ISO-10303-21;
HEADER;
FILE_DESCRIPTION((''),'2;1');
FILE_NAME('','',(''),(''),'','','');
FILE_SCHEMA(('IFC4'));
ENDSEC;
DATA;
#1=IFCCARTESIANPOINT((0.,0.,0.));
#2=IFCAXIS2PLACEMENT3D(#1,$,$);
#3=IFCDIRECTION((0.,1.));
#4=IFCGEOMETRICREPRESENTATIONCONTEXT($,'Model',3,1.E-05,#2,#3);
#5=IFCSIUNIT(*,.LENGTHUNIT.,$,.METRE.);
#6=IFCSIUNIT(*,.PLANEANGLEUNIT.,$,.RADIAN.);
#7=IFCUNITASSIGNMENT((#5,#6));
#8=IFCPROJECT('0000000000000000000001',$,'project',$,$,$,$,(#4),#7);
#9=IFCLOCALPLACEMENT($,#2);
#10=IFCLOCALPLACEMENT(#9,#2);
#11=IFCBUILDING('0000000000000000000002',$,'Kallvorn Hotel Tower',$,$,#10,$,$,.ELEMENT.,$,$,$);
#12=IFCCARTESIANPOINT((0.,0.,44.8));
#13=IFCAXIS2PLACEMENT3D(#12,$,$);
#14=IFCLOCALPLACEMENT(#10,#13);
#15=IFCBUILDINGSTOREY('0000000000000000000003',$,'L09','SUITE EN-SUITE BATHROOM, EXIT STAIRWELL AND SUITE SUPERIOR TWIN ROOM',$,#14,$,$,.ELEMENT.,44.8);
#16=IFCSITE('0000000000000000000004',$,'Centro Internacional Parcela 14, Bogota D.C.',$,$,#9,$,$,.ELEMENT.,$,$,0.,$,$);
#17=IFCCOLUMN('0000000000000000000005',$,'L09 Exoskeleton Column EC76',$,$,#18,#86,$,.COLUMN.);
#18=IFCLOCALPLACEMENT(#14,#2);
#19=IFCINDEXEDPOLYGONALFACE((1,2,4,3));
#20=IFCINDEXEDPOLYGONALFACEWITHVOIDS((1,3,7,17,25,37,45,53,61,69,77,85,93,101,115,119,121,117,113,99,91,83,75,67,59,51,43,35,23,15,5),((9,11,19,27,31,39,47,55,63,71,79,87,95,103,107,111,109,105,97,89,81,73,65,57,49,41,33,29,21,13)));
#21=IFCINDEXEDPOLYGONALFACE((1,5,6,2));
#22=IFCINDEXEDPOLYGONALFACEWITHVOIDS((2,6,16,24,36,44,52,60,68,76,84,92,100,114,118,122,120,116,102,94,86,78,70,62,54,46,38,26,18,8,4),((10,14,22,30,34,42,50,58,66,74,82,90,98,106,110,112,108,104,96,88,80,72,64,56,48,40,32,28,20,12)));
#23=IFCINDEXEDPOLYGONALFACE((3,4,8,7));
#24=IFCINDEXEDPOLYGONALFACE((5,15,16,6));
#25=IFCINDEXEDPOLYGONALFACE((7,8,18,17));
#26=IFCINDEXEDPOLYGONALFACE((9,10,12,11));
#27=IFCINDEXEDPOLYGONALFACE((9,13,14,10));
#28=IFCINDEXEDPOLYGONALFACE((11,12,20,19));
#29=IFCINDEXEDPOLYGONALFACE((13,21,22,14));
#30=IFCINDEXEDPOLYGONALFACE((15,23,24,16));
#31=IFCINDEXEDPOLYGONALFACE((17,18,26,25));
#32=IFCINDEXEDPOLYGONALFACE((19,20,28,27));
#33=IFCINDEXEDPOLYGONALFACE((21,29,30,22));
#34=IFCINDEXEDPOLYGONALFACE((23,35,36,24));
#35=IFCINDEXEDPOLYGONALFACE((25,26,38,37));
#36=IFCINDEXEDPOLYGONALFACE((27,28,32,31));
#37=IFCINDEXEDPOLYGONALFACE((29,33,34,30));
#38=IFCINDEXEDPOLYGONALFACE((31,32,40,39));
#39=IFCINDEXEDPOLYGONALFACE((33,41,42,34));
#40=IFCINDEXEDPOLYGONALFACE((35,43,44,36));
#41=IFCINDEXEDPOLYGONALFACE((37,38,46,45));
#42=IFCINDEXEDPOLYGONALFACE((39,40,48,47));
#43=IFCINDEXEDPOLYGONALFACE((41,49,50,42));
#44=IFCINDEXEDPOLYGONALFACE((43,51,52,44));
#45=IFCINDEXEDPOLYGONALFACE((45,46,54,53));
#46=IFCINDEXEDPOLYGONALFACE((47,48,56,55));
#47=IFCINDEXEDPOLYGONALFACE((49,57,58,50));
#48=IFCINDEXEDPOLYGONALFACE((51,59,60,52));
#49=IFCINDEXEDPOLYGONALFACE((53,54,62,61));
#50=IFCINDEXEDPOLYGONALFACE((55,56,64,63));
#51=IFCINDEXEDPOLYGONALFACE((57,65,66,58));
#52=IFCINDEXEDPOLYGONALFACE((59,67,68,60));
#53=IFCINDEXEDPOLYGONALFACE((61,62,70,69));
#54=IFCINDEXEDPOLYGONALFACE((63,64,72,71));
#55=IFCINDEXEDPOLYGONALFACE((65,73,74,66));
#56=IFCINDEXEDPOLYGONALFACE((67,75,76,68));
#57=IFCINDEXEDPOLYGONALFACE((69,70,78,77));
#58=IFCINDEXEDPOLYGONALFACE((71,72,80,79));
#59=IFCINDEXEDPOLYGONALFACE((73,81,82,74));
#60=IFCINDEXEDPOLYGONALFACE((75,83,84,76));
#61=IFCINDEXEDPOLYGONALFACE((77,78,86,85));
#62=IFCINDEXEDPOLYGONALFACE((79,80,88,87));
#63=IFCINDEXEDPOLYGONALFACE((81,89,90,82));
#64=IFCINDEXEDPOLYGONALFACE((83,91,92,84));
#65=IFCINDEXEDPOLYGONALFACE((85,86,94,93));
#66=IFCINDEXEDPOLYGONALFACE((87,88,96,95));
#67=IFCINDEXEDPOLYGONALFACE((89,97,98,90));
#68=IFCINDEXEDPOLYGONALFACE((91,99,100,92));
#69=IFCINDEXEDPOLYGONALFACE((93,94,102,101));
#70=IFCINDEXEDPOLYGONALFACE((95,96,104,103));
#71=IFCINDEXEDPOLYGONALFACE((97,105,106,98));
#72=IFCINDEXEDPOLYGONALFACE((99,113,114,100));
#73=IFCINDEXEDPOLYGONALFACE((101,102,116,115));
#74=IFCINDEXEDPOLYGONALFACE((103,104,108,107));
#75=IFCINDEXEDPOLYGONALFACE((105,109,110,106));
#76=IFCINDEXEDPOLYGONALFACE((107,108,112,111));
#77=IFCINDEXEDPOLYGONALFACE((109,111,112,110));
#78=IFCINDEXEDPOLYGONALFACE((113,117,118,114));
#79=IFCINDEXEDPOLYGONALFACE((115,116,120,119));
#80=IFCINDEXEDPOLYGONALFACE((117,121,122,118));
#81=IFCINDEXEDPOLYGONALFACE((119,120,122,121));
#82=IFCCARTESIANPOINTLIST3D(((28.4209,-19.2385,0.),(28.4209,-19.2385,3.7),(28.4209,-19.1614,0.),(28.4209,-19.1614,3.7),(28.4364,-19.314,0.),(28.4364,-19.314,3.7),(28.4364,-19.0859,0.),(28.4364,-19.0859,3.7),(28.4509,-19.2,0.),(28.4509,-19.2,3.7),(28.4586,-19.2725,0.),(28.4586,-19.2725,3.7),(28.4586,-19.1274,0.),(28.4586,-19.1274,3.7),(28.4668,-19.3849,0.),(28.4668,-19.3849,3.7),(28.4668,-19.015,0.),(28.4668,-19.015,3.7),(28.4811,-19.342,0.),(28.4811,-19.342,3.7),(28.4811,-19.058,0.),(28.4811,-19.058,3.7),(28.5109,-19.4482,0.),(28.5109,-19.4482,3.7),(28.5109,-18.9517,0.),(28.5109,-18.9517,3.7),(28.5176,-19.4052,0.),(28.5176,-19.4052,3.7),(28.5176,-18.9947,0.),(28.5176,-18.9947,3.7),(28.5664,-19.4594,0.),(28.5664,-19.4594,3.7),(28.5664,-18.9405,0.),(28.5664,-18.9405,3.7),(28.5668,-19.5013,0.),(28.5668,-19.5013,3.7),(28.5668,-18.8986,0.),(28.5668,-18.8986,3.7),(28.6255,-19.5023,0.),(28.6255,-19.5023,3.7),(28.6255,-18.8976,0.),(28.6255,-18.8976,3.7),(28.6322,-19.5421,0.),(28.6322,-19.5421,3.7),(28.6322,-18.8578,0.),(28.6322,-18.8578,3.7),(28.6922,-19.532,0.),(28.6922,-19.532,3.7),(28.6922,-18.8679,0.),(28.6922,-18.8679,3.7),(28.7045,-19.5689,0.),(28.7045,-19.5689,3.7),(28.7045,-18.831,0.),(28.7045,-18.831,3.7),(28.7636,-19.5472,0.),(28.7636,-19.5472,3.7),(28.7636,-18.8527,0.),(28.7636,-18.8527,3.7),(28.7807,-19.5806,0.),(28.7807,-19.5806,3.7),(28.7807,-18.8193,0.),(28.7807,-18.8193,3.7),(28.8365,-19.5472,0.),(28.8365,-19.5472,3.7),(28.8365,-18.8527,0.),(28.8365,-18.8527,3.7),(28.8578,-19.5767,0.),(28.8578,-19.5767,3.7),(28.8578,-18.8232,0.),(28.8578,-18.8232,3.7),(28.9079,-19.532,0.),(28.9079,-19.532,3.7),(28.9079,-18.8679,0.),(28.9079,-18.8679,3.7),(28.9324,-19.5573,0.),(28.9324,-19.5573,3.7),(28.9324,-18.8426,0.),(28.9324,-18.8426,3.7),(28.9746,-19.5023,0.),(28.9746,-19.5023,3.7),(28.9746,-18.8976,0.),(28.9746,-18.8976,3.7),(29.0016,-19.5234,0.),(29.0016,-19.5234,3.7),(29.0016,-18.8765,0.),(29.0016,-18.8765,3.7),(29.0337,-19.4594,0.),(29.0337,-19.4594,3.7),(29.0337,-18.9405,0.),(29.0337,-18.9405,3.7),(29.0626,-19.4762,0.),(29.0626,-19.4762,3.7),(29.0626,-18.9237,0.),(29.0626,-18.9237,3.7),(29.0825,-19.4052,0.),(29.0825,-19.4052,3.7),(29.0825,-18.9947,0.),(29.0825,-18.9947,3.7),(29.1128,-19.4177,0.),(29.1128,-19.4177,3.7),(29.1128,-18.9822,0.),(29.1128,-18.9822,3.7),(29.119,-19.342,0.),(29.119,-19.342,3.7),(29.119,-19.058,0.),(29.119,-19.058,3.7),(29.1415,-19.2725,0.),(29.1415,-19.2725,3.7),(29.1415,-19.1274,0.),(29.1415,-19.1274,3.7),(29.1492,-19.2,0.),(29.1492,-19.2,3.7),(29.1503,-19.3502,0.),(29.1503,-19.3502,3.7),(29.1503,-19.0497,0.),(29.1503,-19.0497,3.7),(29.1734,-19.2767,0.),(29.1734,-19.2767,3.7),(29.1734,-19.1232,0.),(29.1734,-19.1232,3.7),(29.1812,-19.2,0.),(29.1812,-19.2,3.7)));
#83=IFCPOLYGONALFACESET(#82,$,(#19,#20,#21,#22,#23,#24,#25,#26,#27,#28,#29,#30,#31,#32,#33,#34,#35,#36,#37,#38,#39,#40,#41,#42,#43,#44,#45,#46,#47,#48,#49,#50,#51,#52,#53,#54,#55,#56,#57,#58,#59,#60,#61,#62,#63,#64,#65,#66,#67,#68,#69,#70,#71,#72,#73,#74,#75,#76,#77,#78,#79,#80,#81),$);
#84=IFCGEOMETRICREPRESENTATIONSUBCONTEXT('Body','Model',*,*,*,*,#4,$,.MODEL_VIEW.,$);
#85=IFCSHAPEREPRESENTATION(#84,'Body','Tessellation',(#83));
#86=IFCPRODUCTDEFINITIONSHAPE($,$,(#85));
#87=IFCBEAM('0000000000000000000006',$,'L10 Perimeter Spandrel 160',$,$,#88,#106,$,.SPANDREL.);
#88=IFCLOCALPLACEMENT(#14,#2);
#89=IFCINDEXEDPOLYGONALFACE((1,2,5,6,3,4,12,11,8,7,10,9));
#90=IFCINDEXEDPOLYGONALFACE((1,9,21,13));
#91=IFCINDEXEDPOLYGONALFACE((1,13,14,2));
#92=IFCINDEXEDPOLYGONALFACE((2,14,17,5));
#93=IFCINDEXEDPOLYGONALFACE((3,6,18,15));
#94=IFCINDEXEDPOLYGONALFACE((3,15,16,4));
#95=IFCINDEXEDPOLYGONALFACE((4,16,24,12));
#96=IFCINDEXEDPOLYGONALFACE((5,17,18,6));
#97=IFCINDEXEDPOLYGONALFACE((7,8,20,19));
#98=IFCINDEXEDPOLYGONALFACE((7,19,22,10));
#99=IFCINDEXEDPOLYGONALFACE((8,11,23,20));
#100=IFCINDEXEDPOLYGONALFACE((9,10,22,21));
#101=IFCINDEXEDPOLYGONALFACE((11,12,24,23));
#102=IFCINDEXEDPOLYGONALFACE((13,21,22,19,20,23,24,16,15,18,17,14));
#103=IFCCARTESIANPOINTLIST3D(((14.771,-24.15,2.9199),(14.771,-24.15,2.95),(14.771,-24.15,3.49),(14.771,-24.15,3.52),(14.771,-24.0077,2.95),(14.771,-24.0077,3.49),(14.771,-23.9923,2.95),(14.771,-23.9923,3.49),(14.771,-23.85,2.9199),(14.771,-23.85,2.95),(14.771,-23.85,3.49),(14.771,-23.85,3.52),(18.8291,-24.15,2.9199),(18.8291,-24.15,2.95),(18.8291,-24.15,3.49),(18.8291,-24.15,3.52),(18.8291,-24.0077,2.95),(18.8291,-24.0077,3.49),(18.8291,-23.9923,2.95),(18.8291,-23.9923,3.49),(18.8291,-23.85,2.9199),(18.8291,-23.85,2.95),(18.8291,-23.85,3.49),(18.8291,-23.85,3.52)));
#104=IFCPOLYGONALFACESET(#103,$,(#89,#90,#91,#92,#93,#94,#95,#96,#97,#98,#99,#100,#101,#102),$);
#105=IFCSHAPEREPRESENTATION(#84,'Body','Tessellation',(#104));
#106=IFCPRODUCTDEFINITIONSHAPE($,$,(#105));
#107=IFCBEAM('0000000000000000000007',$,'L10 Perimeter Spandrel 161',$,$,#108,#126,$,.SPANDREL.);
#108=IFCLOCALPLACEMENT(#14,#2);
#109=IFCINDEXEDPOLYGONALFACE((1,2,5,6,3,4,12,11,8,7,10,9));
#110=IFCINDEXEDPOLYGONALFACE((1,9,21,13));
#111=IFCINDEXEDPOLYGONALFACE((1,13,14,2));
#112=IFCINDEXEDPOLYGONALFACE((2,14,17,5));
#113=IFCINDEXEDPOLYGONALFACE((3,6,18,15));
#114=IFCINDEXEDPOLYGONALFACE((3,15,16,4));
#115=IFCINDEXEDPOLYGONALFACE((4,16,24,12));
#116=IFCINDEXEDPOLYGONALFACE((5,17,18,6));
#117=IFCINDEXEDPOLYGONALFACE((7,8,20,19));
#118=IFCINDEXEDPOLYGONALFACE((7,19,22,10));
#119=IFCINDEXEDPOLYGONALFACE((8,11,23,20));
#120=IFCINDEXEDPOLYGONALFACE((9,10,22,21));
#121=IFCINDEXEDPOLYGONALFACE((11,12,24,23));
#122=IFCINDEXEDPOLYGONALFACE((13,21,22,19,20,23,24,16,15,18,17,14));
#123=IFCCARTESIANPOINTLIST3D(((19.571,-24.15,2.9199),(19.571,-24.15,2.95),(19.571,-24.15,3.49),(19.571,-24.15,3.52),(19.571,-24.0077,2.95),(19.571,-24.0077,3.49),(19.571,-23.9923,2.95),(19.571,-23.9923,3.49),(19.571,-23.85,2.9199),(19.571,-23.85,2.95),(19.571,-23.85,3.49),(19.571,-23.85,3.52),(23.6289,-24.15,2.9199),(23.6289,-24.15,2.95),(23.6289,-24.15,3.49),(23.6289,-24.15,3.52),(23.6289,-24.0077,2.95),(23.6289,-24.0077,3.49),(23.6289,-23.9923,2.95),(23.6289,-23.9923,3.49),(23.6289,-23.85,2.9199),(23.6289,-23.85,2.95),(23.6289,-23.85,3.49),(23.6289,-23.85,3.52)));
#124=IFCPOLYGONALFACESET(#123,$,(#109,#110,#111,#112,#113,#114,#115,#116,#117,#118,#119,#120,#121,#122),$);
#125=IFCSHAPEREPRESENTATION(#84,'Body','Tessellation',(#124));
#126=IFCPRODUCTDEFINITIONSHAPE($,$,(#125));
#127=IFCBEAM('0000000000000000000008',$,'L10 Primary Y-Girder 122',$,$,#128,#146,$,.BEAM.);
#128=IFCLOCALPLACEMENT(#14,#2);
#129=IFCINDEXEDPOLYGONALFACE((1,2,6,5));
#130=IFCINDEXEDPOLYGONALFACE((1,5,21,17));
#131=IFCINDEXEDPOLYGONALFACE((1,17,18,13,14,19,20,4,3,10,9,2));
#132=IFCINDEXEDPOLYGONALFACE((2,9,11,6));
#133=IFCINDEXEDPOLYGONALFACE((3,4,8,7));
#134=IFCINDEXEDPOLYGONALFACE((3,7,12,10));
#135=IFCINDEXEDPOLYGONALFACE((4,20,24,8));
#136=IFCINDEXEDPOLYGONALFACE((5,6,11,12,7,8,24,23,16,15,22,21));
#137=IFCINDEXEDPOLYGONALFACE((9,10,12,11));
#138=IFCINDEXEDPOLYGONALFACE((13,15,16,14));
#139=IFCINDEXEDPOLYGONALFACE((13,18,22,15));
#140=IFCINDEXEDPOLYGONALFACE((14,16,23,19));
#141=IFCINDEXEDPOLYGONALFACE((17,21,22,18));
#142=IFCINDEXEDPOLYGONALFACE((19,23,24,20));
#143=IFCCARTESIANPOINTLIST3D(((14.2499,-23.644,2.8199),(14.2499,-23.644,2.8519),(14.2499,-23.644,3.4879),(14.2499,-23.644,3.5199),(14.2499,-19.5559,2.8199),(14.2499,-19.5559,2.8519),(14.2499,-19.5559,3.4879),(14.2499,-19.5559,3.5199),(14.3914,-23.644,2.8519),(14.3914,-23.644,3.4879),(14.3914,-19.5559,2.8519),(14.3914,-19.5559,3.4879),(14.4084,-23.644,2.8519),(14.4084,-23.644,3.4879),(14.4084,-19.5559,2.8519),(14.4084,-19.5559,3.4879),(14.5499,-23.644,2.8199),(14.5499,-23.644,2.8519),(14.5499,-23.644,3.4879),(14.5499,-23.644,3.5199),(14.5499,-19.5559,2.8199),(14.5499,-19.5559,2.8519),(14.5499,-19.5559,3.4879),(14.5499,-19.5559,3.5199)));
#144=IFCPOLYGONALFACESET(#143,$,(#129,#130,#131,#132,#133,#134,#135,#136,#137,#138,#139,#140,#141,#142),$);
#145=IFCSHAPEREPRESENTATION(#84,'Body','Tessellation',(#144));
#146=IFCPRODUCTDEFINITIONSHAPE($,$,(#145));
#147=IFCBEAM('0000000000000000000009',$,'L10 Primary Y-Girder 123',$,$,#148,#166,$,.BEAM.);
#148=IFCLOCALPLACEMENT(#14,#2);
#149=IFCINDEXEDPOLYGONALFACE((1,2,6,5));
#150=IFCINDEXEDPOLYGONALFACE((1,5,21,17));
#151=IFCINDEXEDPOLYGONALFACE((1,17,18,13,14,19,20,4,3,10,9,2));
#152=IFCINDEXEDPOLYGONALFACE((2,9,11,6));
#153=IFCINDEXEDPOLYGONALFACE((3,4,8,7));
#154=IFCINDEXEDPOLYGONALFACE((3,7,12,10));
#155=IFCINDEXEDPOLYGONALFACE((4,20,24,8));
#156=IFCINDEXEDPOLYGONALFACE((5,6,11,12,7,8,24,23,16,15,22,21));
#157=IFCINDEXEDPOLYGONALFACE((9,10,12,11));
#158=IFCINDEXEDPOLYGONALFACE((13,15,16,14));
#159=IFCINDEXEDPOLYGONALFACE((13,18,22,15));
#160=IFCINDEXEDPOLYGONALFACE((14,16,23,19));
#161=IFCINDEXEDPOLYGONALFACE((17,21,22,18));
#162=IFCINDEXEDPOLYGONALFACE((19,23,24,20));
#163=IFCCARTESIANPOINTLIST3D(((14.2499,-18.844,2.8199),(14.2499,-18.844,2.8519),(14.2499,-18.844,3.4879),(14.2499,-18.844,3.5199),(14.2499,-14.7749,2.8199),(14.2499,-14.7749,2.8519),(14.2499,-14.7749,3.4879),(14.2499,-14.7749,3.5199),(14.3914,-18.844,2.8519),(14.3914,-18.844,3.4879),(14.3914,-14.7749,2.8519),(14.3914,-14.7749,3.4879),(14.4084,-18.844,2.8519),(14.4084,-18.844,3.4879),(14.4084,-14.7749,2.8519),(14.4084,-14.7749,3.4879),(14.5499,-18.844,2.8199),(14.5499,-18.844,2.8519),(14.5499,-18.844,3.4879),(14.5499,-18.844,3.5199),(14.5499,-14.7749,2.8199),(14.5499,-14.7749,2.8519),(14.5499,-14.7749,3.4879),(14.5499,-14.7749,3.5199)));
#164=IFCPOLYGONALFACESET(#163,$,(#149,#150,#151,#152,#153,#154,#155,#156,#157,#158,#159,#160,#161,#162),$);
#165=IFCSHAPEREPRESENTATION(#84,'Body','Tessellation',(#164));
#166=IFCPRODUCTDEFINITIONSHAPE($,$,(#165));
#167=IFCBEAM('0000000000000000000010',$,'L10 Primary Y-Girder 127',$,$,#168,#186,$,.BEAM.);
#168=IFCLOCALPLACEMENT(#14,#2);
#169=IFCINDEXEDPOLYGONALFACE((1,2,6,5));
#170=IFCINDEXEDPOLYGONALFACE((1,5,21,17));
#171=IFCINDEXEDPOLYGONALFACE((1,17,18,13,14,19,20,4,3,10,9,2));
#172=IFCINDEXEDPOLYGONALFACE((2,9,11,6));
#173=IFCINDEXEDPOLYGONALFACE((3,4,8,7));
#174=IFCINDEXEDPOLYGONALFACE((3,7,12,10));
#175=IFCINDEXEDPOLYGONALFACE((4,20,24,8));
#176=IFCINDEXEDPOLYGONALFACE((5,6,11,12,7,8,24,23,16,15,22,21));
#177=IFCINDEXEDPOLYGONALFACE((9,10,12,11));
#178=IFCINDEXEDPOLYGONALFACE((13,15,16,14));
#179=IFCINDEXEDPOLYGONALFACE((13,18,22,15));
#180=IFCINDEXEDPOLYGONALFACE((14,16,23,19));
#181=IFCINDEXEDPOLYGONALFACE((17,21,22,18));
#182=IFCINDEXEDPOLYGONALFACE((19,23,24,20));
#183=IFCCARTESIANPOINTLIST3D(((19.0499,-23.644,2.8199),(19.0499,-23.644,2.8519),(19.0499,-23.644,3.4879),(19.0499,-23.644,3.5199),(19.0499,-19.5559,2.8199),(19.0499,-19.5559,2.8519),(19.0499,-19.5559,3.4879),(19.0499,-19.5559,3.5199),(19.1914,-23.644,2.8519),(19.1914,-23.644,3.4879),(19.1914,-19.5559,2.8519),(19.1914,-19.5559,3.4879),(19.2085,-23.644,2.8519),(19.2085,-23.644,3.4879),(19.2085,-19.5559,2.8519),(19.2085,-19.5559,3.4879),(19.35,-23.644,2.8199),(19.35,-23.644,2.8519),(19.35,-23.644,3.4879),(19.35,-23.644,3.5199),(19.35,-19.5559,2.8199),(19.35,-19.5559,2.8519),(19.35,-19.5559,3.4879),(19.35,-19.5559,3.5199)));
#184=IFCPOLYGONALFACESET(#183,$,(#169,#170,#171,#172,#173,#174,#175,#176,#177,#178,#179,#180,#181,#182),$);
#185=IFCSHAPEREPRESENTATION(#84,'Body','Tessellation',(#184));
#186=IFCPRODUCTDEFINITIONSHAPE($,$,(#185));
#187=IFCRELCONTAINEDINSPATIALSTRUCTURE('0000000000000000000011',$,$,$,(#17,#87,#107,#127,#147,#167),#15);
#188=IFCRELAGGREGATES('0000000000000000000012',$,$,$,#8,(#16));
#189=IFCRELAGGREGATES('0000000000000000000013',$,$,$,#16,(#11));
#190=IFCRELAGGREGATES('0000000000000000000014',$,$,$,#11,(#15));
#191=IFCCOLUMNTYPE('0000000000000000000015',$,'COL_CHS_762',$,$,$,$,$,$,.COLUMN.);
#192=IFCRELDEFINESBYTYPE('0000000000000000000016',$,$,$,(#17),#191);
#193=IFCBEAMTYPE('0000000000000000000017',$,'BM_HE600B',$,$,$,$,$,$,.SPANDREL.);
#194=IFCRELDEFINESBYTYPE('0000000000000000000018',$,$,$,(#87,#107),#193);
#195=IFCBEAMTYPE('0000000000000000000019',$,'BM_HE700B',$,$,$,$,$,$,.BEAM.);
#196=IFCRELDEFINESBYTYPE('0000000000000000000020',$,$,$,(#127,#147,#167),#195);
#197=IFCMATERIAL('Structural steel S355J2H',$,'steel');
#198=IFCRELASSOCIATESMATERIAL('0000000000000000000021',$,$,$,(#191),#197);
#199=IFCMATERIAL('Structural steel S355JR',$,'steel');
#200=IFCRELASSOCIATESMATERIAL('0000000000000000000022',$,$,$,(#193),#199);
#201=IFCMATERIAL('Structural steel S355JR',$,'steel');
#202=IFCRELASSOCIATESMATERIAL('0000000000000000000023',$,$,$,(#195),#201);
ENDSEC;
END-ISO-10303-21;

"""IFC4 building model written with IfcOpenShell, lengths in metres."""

from ifc_helpers import new_model, si_unit, direction, frame, origin, origin_2d, place, context, subcontext, project, spatial, hollow_circle, i_section, extrude, material, material_profile, profile_set, type_object, element, save


model = new_model("IFC4")

# Units and contexts
model_context = context("Model", 3, precision=1e-05, world=origin(), true_north=direction((0.0, 1.0)))
body_context = subcontext(model_context, "Body", "Model", "MODEL_VIEW")
ifc_project = project(units=[si_unit("LENGTHUNIT", "METRE"), si_unit("PLANEANGLEUNIT", "RADIAN")], contexts=[model_context])

# Site, building, storey
site_placement = place(None, origin())
site = spatial("IfcSite", under=ifc_project, at=site_placement, Name="Centro Internacional Parcela 14, Bogota D.C.", CompositionType="ELEMENT", RefElevation=0.0)
building_placement = place(site_placement, origin())
building = spatial("IfcBuilding", under=site, at=building_placement, Name="Kallvorn Hotel Tower", CompositionType="ELEMENT")
storey_placement = place(building_placement, frame((0.0, 0.0, 44.8)))
storey = spatial("IfcBuildingStorey", under=building, at=storey_placement, Name="L09", Description="SUITE EN-SUITE BATHROOM, EXIT STAIRWELL AND SUITE SUPERIOR TWIN ROOM", CompositionType="ELEMENT", Elevation=44.8)

# Column
ifc_material_1 = material(Name="Structural steel S355J2H", Category="steel")
ifc_material_profile_1 = material_profile(ifc_material_1, hollow_circle(Radius=0.3811, WallThickness=0.032, at=origin_2d()), Name="CHS 762x32")
ifc_profile_set_1 = profile_set([ifc_material_profile_1], Name="Structural steel S355J2H")
column_type = type_object("IfcColumnType", Name="COL_CHS_762", PredefinedType="COLUMN", material=ifc_profile_set_1)
for number, where, z_axis, x_axis, name in (
    (1, (28.8, -19.2, 0.0), (0.0, 0.0, 1.0), (1.0, 0.0, 0.0), "L09 Exoskeleton Column EC76"),
):
    element("IfcColumn", number, at=place(storey_placement, frame(where, z_axis=z_axis, x_axis=x_axis)), inside=storey, type_object=column_type, Name=name, PredefinedType="COLUMN", context=body_context, shape_type="SweptSolid", body=[
        extrude(hollow_circle(Radius=0.3811, WallThickness=0.032, at=origin_2d()), origin(), (0.0, 0.0, 1.0), 3.7),
    ])

# Beams
ifc_material_2 = material(Name="Structural steel S355JR", Category="steel")
ifc_material_profile_2 = material_profile(ifc_material_2, i_section(OverallWidth=0.3, OverallDepth=0.6001, WebThickness=0.0154, FlangeThickness=0.03, at=origin_2d()), Name="HE 600 B")
ifc_profile_set_2 = profile_set([ifc_material_profile_2], Name="Structural steel S355JR")
beam_type_1 = type_object("IfcBeamType", Name="BM_HE600B", PredefinedType="SPANDREL", material=ifc_profile_set_2)
beam_1_placement = place(storey_placement, frame((14.771, -24.0, 3.22), z_axis=(1.0, 0.0, 0.0), x_axis=(0.0, 1.0, 0.0)))
element("IfcBeam", 2, at=beam_1_placement, inside=storey, type_object=beam_type_1, Name="L10 Perimeter Spandrel 160", PredefinedType="SPANDREL", context=body_context, shape_type="SweptSolid", body=[
    extrude(i_section(OverallWidth=0.3, OverallDepth=0.6001, WebThickness=0.0154, FlangeThickness=0.03, at=origin_2d()), origin(), (0.0, 0.0, 1.0), 4.0581),
])
beam_2_placement = place(storey_placement, frame((19.571, -24.0, 3.22), z_axis=(1.0, 0.0, 0.0), x_axis=(0.0, 1.0, 0.0)))
element("IfcBeam", 3, at=beam_2_placement, inside=storey, type_object=beam_type_1, Name="L10 Perimeter Spandrel 161", PredefinedType="SPANDREL", context=body_context, shape_type="SweptSolid", body=[
    extrude(i_section(OverallWidth=0.3, OverallDepth=0.6001, WebThickness=0.0154, FlangeThickness=0.03, at=origin_2d()), origin(), (0.0, 0.0, 1.0), 4.0579),
])
ifc_material_3 = material(Name="Structural steel S355JR", Category="steel")
ifc_material_profile_3 = material_profile(ifc_material_3, i_section(OverallWidth=0.3, OverallDepth=0.7, WebThickness=0.0171, FlangeThickness=0.032, at=origin_2d()), Name="HE 700 B")
ifc_profile_set_3 = profile_set([ifc_material_profile_3], Name="Structural steel S355JR")
beam_type_2 = type_object("IfcBeamType", Name="BM_HE700B", PredefinedType="BEAM", material=ifc_profile_set_3)
beam_3_placement = place(storey_placement, frame((14.3999, -23.644, 3.1699), z_axis=(0.0, 1.0, 0.0), x_axis=(-1.0, 0.0, 0.0)))
element("IfcBeam", 4, at=beam_3_placement, inside=storey, type_object=beam_type_2, Name="L10 Primary Y-Girder 122", PredefinedType="BEAM", context=body_context, shape_type="SweptSolid", body=[
    extrude(i_section(OverallWidth=0.3, OverallDepth=0.7, WebThickness=0.0171, FlangeThickness=0.032, at=origin_2d()), origin(), (0.0, 0.0, 1.0), 4.0881),
])
beam_4_placement = place(storey_placement, frame((14.3999, -18.844, 3.1699), z_axis=(0.0, 1.0, 0.0), x_axis=(-1.0, 0.0, 0.0)))
element("IfcBeam", 5, at=beam_4_placement, inside=storey, type_object=beam_type_2, Name="L10 Primary Y-Girder 123", PredefinedType="BEAM", context=body_context, shape_type="SweptSolid", body=[
    extrude(i_section(OverallWidth=0.3, OverallDepth=0.7, WebThickness=0.0171, FlangeThickness=0.032, at=origin_2d()), origin(), (0.0, 0.0, 1.0), 4.0691),
])
beam_5_placement = place(storey_placement, frame((19.2, -23.644, 3.1699), z_axis=(0.0, 1.0, 0.0), x_axis=(-1.0, 0.0, 0.0)))
element("IfcBeam", 6, at=beam_5_placement, inside=storey, type_object=beam_type_2, Name="L10 Primary Y-Girder 127", PredefinedType="BEAM", context=body_context, shape_type="SweptSolid", body=[
    extrude(i_section(OverallWidth=0.3, OverallDepth=0.7, WebThickness=0.0171, FlangeThickness=0.032, at=origin_2d()), origin(), (0.0, 0.0, 1.0), 4.0881),
])

save(model, "model.ifc")
